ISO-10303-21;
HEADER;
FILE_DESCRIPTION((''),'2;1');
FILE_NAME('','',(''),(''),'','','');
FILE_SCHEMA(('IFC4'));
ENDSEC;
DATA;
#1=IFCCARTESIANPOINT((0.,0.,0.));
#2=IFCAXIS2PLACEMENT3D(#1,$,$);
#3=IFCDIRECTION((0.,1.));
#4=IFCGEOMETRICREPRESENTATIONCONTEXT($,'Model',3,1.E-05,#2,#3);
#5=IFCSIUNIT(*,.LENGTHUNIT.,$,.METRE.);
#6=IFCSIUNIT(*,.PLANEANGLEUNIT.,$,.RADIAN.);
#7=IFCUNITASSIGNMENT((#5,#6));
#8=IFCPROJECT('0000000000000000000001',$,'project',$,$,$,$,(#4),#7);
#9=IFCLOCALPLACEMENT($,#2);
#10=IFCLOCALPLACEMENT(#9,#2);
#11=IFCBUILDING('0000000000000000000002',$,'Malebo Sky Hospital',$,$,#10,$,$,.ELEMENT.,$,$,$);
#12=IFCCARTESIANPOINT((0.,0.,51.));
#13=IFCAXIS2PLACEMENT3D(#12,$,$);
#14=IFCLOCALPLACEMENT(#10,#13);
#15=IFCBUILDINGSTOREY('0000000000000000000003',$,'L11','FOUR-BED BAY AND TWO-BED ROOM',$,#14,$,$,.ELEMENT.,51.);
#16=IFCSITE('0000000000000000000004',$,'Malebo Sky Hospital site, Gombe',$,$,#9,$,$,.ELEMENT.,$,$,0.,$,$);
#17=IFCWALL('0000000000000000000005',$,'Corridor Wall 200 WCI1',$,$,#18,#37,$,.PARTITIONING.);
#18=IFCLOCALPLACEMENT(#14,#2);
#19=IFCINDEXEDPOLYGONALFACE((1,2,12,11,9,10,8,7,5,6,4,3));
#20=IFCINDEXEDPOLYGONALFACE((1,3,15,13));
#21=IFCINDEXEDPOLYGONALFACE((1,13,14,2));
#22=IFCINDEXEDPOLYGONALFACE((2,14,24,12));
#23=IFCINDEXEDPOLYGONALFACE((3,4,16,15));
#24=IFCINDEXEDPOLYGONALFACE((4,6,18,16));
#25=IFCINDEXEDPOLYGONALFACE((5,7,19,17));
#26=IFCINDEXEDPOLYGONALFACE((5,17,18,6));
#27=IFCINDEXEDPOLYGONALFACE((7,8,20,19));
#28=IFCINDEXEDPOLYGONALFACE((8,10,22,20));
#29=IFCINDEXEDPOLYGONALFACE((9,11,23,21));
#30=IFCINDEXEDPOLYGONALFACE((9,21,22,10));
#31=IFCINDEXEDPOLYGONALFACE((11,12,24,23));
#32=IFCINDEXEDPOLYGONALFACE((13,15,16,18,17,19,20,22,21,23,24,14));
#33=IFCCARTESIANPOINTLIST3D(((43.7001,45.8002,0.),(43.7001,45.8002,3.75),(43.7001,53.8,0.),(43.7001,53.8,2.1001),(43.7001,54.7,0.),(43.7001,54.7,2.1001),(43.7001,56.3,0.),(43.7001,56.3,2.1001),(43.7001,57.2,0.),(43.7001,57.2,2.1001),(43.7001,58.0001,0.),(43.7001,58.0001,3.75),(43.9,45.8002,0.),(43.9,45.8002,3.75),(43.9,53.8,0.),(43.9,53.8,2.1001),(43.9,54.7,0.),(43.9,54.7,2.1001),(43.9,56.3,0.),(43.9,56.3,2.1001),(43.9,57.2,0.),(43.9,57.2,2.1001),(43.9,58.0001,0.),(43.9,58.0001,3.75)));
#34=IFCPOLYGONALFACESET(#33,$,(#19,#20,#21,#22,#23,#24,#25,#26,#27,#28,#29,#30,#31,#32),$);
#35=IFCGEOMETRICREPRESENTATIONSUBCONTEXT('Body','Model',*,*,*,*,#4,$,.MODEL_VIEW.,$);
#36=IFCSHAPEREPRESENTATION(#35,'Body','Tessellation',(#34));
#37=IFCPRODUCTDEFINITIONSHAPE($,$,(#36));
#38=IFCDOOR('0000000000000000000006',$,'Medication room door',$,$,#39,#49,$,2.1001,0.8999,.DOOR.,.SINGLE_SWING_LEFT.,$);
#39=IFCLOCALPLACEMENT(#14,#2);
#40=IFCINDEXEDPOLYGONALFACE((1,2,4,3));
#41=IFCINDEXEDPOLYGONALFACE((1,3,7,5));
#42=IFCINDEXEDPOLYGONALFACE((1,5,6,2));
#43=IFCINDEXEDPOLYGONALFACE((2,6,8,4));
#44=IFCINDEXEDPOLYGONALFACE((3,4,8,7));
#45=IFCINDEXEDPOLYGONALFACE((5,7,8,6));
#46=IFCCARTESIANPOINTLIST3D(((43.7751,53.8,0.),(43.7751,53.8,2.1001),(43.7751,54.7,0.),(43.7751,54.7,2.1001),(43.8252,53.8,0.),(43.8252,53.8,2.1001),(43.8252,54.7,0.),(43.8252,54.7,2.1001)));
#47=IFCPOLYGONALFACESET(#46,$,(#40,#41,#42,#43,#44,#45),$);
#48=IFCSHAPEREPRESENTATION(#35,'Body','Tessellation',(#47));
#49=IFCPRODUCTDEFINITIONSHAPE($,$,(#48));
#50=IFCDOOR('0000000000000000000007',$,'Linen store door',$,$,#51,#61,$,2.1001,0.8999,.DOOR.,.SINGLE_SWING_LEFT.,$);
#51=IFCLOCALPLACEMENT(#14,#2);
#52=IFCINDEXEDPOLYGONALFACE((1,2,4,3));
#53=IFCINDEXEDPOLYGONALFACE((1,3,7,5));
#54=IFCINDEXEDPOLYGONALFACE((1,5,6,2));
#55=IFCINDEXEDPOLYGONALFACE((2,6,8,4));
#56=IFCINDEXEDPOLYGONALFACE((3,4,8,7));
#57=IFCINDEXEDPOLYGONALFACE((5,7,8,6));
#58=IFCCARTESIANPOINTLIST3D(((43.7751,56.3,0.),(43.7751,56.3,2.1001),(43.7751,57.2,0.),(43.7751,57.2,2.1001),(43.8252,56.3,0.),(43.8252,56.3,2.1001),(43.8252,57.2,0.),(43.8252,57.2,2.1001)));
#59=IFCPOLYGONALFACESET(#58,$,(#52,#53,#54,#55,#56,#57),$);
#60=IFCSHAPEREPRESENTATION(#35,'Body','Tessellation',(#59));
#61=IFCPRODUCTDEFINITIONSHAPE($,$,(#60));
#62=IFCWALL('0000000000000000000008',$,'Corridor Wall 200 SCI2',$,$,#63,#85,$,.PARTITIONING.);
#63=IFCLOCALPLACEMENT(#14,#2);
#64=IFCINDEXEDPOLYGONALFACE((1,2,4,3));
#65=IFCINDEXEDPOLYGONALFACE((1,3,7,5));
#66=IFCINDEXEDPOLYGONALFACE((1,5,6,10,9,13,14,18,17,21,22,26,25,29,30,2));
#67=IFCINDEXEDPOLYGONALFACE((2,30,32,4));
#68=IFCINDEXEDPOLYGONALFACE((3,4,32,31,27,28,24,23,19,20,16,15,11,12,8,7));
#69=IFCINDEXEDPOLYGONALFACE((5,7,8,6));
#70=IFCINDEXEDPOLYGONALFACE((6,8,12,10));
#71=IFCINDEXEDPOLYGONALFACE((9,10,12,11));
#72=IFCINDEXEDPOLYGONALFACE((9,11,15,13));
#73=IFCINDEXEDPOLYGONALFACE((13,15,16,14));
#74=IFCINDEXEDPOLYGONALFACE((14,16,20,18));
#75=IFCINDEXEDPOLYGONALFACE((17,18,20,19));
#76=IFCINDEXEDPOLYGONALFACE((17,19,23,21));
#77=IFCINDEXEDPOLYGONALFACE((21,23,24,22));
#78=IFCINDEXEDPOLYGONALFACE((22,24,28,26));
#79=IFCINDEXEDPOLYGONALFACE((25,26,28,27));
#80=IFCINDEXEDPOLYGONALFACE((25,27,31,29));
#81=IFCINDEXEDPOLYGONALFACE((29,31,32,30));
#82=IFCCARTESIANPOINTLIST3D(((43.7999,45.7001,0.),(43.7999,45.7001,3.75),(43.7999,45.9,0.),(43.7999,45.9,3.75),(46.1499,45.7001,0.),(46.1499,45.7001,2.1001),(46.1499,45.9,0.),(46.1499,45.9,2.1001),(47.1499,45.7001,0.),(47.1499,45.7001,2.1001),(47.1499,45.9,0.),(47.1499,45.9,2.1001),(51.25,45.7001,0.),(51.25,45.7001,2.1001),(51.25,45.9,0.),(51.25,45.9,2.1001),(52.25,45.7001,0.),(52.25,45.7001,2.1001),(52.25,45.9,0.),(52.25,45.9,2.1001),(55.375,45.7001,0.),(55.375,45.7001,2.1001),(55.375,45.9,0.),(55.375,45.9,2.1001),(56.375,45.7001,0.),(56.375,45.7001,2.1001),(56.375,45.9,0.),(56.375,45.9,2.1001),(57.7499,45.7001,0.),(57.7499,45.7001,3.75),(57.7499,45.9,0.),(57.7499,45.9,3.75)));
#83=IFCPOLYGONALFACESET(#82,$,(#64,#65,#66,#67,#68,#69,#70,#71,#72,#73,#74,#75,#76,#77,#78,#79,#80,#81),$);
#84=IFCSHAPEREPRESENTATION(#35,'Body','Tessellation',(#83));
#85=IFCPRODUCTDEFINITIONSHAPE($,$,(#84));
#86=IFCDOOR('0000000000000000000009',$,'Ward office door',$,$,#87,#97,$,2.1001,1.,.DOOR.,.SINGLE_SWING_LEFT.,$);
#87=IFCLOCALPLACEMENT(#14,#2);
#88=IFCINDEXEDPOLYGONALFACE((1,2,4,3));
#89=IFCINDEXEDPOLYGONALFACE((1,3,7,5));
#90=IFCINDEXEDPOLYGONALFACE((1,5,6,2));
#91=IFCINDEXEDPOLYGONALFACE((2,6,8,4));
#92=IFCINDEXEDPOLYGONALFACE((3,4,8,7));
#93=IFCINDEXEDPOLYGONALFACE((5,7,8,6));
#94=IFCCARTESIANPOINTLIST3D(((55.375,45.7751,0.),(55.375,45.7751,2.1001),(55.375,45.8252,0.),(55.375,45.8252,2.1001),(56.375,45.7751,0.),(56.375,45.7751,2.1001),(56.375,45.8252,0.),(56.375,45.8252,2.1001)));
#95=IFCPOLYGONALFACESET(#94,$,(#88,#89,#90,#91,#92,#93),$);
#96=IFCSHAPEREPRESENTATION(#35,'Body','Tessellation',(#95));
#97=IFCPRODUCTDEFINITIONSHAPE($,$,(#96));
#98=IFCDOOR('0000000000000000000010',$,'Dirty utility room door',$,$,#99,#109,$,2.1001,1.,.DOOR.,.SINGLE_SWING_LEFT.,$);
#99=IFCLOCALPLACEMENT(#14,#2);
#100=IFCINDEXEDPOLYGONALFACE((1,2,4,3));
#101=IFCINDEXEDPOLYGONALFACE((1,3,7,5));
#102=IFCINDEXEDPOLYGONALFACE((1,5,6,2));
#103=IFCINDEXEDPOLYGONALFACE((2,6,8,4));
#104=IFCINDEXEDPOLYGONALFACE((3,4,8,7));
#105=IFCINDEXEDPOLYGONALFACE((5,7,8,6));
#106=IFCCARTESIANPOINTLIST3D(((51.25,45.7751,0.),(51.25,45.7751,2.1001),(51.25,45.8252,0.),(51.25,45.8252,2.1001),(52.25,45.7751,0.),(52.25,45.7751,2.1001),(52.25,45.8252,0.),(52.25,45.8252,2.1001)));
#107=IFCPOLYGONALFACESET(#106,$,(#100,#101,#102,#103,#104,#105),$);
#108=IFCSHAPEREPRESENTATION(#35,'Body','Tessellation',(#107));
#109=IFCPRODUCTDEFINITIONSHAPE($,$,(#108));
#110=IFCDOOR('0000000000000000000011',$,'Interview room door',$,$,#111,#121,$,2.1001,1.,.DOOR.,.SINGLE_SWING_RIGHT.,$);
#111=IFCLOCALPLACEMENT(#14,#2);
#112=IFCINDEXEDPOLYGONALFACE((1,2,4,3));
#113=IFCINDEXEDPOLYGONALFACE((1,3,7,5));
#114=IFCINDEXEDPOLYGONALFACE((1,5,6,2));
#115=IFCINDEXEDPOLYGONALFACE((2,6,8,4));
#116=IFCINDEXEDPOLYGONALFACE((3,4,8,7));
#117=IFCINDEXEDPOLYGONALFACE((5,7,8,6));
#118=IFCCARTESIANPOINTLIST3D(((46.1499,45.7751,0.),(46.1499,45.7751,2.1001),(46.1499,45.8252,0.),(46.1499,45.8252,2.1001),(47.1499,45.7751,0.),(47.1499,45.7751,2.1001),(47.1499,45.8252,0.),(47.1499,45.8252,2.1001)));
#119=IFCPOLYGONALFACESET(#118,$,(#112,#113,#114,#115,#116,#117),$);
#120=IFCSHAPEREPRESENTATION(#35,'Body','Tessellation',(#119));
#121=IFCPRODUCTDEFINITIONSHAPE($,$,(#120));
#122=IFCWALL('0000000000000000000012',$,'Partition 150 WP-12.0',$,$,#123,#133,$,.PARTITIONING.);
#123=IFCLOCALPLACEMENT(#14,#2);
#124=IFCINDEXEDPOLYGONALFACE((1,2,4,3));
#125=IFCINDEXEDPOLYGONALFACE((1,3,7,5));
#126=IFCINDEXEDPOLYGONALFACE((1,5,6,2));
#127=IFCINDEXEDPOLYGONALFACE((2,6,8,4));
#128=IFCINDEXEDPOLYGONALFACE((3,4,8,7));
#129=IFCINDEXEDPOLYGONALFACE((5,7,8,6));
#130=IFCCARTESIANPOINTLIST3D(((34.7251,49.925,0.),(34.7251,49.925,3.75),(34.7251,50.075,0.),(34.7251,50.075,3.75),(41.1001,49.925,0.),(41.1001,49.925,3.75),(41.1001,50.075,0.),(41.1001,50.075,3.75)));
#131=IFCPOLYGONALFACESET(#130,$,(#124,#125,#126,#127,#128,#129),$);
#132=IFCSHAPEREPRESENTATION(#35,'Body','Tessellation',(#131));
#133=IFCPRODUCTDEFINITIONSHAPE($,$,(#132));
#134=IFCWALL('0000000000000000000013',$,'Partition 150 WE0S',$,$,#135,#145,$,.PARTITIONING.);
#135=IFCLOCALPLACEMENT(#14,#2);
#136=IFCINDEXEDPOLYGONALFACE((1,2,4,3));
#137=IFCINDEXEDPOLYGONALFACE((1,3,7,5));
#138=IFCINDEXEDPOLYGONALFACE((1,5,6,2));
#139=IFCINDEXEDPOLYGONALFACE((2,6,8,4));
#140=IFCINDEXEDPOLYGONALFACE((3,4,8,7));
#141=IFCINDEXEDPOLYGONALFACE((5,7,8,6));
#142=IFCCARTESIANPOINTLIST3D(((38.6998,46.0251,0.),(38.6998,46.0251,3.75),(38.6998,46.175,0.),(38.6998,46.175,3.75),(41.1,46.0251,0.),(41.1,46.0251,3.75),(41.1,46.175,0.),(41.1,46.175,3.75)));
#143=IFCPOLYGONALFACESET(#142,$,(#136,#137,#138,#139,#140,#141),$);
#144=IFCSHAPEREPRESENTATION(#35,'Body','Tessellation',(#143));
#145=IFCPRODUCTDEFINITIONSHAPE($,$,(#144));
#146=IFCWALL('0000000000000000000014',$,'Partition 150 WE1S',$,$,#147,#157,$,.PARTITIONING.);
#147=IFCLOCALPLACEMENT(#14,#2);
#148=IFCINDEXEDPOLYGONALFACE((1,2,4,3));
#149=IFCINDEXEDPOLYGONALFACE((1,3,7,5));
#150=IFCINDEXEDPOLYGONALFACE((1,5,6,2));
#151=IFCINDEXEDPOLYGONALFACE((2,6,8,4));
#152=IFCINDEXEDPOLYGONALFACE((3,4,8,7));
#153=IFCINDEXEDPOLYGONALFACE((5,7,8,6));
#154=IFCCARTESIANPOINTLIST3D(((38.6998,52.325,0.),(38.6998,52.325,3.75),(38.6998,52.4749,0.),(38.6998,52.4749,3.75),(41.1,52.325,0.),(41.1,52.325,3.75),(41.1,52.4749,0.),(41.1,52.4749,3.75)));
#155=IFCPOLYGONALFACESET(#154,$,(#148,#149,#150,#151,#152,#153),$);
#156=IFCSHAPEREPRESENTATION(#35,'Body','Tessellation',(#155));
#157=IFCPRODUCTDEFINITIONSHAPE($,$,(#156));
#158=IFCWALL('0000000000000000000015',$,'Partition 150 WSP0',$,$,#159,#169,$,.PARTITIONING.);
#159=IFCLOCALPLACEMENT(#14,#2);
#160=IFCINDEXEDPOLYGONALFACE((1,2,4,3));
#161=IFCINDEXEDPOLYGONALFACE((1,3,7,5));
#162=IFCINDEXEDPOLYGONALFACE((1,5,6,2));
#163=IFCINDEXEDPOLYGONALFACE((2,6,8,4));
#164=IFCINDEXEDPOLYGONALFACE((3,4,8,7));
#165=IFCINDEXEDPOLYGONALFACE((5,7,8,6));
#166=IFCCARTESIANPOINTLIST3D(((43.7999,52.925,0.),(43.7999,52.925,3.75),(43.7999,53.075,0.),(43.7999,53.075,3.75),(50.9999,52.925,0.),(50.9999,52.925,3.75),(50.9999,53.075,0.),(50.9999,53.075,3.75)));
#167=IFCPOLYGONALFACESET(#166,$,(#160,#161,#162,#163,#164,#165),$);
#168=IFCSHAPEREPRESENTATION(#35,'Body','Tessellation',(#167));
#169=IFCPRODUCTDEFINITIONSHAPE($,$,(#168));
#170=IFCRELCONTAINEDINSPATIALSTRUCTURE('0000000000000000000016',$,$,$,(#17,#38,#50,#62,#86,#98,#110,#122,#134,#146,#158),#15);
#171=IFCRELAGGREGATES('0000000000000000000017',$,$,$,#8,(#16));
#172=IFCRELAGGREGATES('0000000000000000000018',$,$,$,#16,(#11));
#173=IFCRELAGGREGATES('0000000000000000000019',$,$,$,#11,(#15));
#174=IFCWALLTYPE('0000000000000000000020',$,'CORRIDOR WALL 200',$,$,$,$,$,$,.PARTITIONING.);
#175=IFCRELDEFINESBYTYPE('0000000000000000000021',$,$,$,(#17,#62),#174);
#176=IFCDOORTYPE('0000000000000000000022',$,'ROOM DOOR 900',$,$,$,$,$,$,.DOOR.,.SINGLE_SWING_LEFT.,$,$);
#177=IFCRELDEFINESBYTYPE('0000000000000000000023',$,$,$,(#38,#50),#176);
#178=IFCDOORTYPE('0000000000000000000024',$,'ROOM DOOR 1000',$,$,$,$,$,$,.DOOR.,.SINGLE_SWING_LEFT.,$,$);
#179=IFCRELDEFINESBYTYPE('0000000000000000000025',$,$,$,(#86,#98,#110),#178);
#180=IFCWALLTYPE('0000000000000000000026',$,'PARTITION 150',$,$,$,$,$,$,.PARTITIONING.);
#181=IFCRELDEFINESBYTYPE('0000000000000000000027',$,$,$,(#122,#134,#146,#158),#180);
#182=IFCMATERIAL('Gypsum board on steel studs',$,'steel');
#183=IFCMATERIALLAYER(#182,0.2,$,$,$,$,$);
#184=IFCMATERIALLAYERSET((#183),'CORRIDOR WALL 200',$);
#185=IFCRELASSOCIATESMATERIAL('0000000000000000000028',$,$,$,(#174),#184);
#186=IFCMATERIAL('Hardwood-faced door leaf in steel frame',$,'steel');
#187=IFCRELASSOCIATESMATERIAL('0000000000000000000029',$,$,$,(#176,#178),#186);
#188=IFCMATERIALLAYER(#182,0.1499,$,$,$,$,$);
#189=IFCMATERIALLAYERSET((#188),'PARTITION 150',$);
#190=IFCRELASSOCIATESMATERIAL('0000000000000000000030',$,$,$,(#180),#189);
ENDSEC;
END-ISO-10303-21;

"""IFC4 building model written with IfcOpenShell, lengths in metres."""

from ifc_helpers import new_model, si_unit, direction, frame, frame_2d, origin, place, context, subcontext, project, spatial, rectangle, extrude, material, layer, layer_set, type_object, element, fill, save


model = new_model("IFC4")

# Units and contexts
model_context = context("Model", 3, precision=1e-05, world=origin(), true_north=direction((0.0, 1.0)))
body_context = subcontext(model_context, "Body", "Model", "MODEL_VIEW")
ifc_project = project(units=[si_unit("LENGTHUNIT", "METRE"), si_unit("PLANEANGLEUNIT", "RADIAN")], contexts=[model_context])

# Site, building, storey
site_placement = place(None, origin())
site = spatial("IfcSite", under=ifc_project, at=site_placement, Name="Malebo Sky Hospital site, Gombe", CompositionType="ELEMENT", RefElevation=0.0)
building_placement = place(site_placement, origin())
building = spatial("IfcBuilding", under=site, at=building_placement, Name="Malebo Sky Hospital", CompositionType="ELEMENT")
storey_placement = place(building_placement, frame((0.0, 0.0, 51.0)))
storey = spatial("IfcBuildingStorey", under=building, at=storey_placement, Name="L11", Description="FOUR-BED BAY AND TWO-BED ROOM", CompositionType="ELEMENT", Elevation=51.0)

# Walls, openings, doors
ifc_material_1 = material(Name="Gypsum board on steel studs", Category="steel")
ifc_layer_1 = layer(ifc_material_1, 0.2)
ifc_layer_set_1 = layer_set([ifc_layer_1], Name="CORRIDOR WALL 200")
wall_type_1 = type_object("IfcWallType", Name="CORRIDOR WALL 200", PredefinedType="PARTITIONING", material=ifc_layer_set_1)
wall_1_placement = place(storey_placement, frame((43.8, 45.8, 0.0), z_axis=(0.0, 0.0, 1.0), x_axis=(0.0, 1.0, 0.0)))
wall_1 = element("IfcWall", 1, at=wall_1_placement, inside=storey, type_object=wall_type_1, Name="Corridor Wall 200 WCI1", PredefinedType="PARTITIONING", context=body_context, shape_type="SweptSolid", body=[
    extrude(rectangle(XDim=12.2, YDim=0.2, at=frame_2d((6.1001, 0.0))), origin(), (0.0, 0.0, 1.0), 3.75),
])
opening_1_placement = place(wall_1_placement, frame((8.0, 0.0, 0.0)))
opening_1 = element("IfcOpeningElement", 2, at=opening_1_placement, cuts=wall_1, PredefinedType="OPENING", context=body_context, shape_type="SweptSolid", body=[
    extrude(rectangle(XDim=0.8999, YDim=2.1001, at=frame_2d((0.45, 1.05))), frame((0.0, 0.1099, 0.0), z_axis=(0.0, -1.0, 0.0), x_axis=(1.0, 0.0, 0.0)), (0.0, 0.0, 1.0), 0.22),
])
opening_2_placement = place(wall_1_placement, frame((10.5, 0.0, 0.0)))
opening_2 = element("IfcOpeningElement", 3, at=opening_2_placement, cuts=wall_1, PredefinedType="OPENING", context=body_context, shape_type="SweptSolid", body=[
    extrude(rectangle(XDim=0.8999, YDim=2.1001, at=frame_2d((0.45, 1.05))), frame((0.0, 0.1099, 0.0), z_axis=(0.0, -1.0, 0.0), x_axis=(1.0, 0.0, 0.0)), (0.0, 0.0, 1.0), 0.22),
])
ifc_material_2 = material(Name="Hardwood-faced door leaf in steel frame", Category="steel")
door_type_1 = type_object("IfcDoorType", Name="ROOM DOOR 900", OperationType="SINGLE_SWING_LEFT", PredefinedType="DOOR", material=ifc_material_2)
door_1_placement = place(opening_1_placement, origin())
door_1 = element("IfcDoor", 4, at=door_1_placement, inside=storey, type_object=door_type_1, Name="Medication room door", OperationType="SINGLE_SWING_LEFT", OverallHeight=2.1001, OverallWidth=0.8999, PredefinedType="DOOR", context=body_context, shape_type="SweptSolid", body=[
    extrude(rectangle(XDim=0.8999, YDim=2.1001, at=frame_2d((0.45, 1.05))), frame((0.0, 0.0249, 0.0), z_axis=(0.0, -1.0, 0.0), x_axis=(1.0, 0.0, 0.0)), (0.0, 0.0, 1.0), 0.05),
])
fill(opening_1, door_1)
door_2_placement = place(opening_2_placement, origin())
door_2 = element("IfcDoor", 5, at=door_2_placement, inside=storey, type_object=door_type_1, Name="Linen store door", OperationType="SINGLE_SWING_LEFT", OverallHeight=2.1001, OverallWidth=0.8999, PredefinedType="DOOR", context=body_context, shape_type="SweptSolid", body=[
    extrude(rectangle(XDim=0.8999, YDim=2.1001, at=frame_2d((0.45, 1.05))), frame((0.0, 0.0249, 0.0), z_axis=(0.0, -1.0, 0.0), x_axis=(1.0, 0.0, 0.0)), (0.0, 0.0, 1.0), 0.05),
])
fill(opening_2, door_2)
wall_2_placement = place(storey_placement, frame((57.75, 45.8, 0.0), z_axis=(0.0, 0.0, 1.0), x_axis=(-1.0, 0.0, 0.0)))
wall_2 = element("IfcWall", 6, at=wall_2_placement, inside=storey, type_object=wall_type_1, Name="Corridor Wall 200 SCI2", PredefinedType="PARTITIONING", context=body_context, shape_type="SweptSolid", body=[
    extrude(rectangle(XDim=13.95, YDim=0.2, at=frame_2d((6.9751, 0.0))), origin(), (0.0, 0.0, 1.0), 3.75),
])
opening_3_placement = place(wall_2_placement, frame((1.375, 0.0, 0.0)))
opening_3 = element("IfcOpeningElement", 7, at=opening_3_placement, cuts=wall_2, PredefinedType="OPENING", context=body_context, shape_type="SweptSolid", body=[
    extrude(rectangle(XDim=1.0, YDim=2.1001, at=frame_2d((0.5, 1.05))), frame((0.0, 0.1099, 0.0), z_axis=(0.0, -1.0, 0.0), x_axis=(1.0, 0.0, 0.0)), (0.0, 0.0, 1.0), 0.22),
])
opening_4_placement = place(wall_2_placement, frame((5.5, 0.0, 0.0)))
opening_4 = element("IfcOpeningElement", 8, at=opening_4_placement, cuts=wall_2, PredefinedType="OPENING", context=body_context, shape_type="SweptSolid", body=[
    extrude(rectangle(XDim=1.0, YDim=2.1001, at=frame_2d((0.5, 1.05))), frame((0.0, 0.1099, 0.0), z_axis=(0.0, -1.0, 0.0), x_axis=(1.0, 0.0, 0.0)), (0.0, 0.0, 1.0), 0.22),
])
opening_5_placement = place(wall_2_placement, frame((10.6001, 0.0, 0.0)))
opening_5 = element("IfcOpeningElement", 9, at=opening_5_placement, cuts=wall_2, PredefinedType="OPENING", context=body_context, shape_type="SweptSolid", body=[
    extrude(rectangle(XDim=1.0, YDim=2.1001, at=frame_2d((0.5, 1.05))), frame((0.0, 0.1099, 0.0), z_axis=(0.0, -1.0, 0.0), x_axis=(1.0, 0.0, 0.0)), (0.0, 0.0, 1.0), 0.22),
])
door_type_2 = type_object("IfcDoorType", Name="ROOM DOOR 1000", OperationType="SINGLE_SWING_LEFT", PredefinedType="DOOR", material=ifc_material_2)
door_3_placement = place(opening_3_placement, origin())
door_3 = element("IfcDoor", 10, at=door_3_placement, inside=storey, type_object=door_type_2, Name="Ward office door", OperationType="SINGLE_SWING_LEFT", OverallHeight=2.1001, OverallWidth=1.0, PredefinedType="DOOR", context=body_context, shape_type="SweptSolid", body=[
    extrude(rectangle(XDim=1.0, YDim=2.1001, at=frame_2d((0.5, 1.05))), frame((0.0, 0.0249, 0.0), z_axis=(0.0, -1.0, 0.0), x_axis=(1.0, 0.0, 0.0)), (0.0, 0.0, 1.0), 0.05),
])
fill(opening_3, door_3)
door_4_placement = place(opening_4_placement, origin())
door_4 = element("IfcDoor", 11, at=door_4_placement, inside=storey, type_object=door_type_2, Name="Dirty utility room door", OperationType="SINGLE_SWING_LEFT", OverallHeight=2.1001, OverallWidth=1.0, PredefinedType="DOOR", context=body_context, shape_type="SweptSolid", body=[
    extrude(rectangle(XDim=1.0, YDim=2.1001, at=frame_2d((0.5, 1.05))), frame((0.0, 0.0249, 0.0), z_axis=(0.0, -1.0, 0.0), x_axis=(1.0, 0.0, 0.0)), (0.0, 0.0, 1.0), 0.05),
])
fill(opening_4, door_4)
door_5_placement = place(opening_5_placement, origin())
door_5 = element("IfcDoor", 12, at=door_5_placement, inside=storey, type_object=door_type_2, Name="Interview room door", OperationType="SINGLE_SWING_RIGHT", OverallHeight=2.1001, OverallWidth=1.0, PredefinedType="DOOR", context=body_context, shape_type="SweptSolid", body=[
    extrude(rectangle(XDim=1.0, YDim=2.1001, at=frame_2d((0.5, 1.05))), frame((0.0, 0.0249, 0.0), z_axis=(0.0, -1.0, 0.0), x_axis=(1.0, 0.0, 0.0)), (0.0, 0.0, 1.0), 0.05),
])
fill(opening_5, door_5)

# Walls
ifc_layer_2 = layer(ifc_material_1, 0.1499)
ifc_layer_set_2 = layer_set([ifc_layer_2], Name="PARTITION 150")
wall_type_2 = type_object("IfcWallType", Name="PARTITION 150", PredefinedType="PARTITIONING", material=ifc_layer_set_2)
wall_3_placement = place(storey_placement, frame((41.1001, 50.0, 0.0), z_axis=(0.0, 0.0, 1.0), x_axis=(-1.0, 0.0, 0.0)))
element("IfcWall", 13, at=wall_3_placement, inside=storey, type_object=wall_type_2, Name="Partition 150 WP-12.0", PredefinedType="PARTITIONING", context=body_context, shape_type="SweptSolid", body=[
    extrude(rectangle(XDim=6.375, YDim=0.1499, at=frame_2d((3.1875, 0.0))), origin(), (0.0, 0.0, 1.0), 3.75),
])
for number, where, z_axis, x_axis, name in (
    (14, (41.1001, 46.1001, 0.0), (0.0, 0.0, 1.0), (-1.0, 0.0, 0.0), "Partition 150 WE0S"),
    (15, (41.1001, 52.3999, 0.0), (0.0, 0.0, 1.0), (-1.0, 0.0, 0.0), "Partition 150 WE1S"),
):
    element("IfcWall", number, at=place(storey_placement, frame(where, z_axis=z_axis, x_axis=x_axis)), inside=storey, type_object=wall_type_2, Name=name, PredefinedType="PARTITIONING", context=body_context, shape_type="SweptSolid", body=[
        extrude(rectangle(XDim=2.4001, YDim=0.1499, at=frame_2d((1.2002, 0.0))), origin(), (0.0, 0.0, 1.0), 3.75),
    ])
wall_4_placement = place(storey_placement, frame((51.0, 53.0, 0.0), z_axis=(0.0, 0.0, 1.0), x_axis=(-1.0, 0.0, 0.0)))
element("IfcWall", 16, at=wall_4_placement, inside=storey, type_object=wall_type_2, Name="Partition 150 WSP0", PredefinedType="PARTITIONING", context=body_context, shape_type="SweptSolid", body=[
    extrude(rectangle(XDim=7.2, YDim=0.1499, at=frame_2d((3.6001, 0.0))), origin(), (0.0, 0.0, 1.0), 3.75),
])

save(model, "model.ifc")
